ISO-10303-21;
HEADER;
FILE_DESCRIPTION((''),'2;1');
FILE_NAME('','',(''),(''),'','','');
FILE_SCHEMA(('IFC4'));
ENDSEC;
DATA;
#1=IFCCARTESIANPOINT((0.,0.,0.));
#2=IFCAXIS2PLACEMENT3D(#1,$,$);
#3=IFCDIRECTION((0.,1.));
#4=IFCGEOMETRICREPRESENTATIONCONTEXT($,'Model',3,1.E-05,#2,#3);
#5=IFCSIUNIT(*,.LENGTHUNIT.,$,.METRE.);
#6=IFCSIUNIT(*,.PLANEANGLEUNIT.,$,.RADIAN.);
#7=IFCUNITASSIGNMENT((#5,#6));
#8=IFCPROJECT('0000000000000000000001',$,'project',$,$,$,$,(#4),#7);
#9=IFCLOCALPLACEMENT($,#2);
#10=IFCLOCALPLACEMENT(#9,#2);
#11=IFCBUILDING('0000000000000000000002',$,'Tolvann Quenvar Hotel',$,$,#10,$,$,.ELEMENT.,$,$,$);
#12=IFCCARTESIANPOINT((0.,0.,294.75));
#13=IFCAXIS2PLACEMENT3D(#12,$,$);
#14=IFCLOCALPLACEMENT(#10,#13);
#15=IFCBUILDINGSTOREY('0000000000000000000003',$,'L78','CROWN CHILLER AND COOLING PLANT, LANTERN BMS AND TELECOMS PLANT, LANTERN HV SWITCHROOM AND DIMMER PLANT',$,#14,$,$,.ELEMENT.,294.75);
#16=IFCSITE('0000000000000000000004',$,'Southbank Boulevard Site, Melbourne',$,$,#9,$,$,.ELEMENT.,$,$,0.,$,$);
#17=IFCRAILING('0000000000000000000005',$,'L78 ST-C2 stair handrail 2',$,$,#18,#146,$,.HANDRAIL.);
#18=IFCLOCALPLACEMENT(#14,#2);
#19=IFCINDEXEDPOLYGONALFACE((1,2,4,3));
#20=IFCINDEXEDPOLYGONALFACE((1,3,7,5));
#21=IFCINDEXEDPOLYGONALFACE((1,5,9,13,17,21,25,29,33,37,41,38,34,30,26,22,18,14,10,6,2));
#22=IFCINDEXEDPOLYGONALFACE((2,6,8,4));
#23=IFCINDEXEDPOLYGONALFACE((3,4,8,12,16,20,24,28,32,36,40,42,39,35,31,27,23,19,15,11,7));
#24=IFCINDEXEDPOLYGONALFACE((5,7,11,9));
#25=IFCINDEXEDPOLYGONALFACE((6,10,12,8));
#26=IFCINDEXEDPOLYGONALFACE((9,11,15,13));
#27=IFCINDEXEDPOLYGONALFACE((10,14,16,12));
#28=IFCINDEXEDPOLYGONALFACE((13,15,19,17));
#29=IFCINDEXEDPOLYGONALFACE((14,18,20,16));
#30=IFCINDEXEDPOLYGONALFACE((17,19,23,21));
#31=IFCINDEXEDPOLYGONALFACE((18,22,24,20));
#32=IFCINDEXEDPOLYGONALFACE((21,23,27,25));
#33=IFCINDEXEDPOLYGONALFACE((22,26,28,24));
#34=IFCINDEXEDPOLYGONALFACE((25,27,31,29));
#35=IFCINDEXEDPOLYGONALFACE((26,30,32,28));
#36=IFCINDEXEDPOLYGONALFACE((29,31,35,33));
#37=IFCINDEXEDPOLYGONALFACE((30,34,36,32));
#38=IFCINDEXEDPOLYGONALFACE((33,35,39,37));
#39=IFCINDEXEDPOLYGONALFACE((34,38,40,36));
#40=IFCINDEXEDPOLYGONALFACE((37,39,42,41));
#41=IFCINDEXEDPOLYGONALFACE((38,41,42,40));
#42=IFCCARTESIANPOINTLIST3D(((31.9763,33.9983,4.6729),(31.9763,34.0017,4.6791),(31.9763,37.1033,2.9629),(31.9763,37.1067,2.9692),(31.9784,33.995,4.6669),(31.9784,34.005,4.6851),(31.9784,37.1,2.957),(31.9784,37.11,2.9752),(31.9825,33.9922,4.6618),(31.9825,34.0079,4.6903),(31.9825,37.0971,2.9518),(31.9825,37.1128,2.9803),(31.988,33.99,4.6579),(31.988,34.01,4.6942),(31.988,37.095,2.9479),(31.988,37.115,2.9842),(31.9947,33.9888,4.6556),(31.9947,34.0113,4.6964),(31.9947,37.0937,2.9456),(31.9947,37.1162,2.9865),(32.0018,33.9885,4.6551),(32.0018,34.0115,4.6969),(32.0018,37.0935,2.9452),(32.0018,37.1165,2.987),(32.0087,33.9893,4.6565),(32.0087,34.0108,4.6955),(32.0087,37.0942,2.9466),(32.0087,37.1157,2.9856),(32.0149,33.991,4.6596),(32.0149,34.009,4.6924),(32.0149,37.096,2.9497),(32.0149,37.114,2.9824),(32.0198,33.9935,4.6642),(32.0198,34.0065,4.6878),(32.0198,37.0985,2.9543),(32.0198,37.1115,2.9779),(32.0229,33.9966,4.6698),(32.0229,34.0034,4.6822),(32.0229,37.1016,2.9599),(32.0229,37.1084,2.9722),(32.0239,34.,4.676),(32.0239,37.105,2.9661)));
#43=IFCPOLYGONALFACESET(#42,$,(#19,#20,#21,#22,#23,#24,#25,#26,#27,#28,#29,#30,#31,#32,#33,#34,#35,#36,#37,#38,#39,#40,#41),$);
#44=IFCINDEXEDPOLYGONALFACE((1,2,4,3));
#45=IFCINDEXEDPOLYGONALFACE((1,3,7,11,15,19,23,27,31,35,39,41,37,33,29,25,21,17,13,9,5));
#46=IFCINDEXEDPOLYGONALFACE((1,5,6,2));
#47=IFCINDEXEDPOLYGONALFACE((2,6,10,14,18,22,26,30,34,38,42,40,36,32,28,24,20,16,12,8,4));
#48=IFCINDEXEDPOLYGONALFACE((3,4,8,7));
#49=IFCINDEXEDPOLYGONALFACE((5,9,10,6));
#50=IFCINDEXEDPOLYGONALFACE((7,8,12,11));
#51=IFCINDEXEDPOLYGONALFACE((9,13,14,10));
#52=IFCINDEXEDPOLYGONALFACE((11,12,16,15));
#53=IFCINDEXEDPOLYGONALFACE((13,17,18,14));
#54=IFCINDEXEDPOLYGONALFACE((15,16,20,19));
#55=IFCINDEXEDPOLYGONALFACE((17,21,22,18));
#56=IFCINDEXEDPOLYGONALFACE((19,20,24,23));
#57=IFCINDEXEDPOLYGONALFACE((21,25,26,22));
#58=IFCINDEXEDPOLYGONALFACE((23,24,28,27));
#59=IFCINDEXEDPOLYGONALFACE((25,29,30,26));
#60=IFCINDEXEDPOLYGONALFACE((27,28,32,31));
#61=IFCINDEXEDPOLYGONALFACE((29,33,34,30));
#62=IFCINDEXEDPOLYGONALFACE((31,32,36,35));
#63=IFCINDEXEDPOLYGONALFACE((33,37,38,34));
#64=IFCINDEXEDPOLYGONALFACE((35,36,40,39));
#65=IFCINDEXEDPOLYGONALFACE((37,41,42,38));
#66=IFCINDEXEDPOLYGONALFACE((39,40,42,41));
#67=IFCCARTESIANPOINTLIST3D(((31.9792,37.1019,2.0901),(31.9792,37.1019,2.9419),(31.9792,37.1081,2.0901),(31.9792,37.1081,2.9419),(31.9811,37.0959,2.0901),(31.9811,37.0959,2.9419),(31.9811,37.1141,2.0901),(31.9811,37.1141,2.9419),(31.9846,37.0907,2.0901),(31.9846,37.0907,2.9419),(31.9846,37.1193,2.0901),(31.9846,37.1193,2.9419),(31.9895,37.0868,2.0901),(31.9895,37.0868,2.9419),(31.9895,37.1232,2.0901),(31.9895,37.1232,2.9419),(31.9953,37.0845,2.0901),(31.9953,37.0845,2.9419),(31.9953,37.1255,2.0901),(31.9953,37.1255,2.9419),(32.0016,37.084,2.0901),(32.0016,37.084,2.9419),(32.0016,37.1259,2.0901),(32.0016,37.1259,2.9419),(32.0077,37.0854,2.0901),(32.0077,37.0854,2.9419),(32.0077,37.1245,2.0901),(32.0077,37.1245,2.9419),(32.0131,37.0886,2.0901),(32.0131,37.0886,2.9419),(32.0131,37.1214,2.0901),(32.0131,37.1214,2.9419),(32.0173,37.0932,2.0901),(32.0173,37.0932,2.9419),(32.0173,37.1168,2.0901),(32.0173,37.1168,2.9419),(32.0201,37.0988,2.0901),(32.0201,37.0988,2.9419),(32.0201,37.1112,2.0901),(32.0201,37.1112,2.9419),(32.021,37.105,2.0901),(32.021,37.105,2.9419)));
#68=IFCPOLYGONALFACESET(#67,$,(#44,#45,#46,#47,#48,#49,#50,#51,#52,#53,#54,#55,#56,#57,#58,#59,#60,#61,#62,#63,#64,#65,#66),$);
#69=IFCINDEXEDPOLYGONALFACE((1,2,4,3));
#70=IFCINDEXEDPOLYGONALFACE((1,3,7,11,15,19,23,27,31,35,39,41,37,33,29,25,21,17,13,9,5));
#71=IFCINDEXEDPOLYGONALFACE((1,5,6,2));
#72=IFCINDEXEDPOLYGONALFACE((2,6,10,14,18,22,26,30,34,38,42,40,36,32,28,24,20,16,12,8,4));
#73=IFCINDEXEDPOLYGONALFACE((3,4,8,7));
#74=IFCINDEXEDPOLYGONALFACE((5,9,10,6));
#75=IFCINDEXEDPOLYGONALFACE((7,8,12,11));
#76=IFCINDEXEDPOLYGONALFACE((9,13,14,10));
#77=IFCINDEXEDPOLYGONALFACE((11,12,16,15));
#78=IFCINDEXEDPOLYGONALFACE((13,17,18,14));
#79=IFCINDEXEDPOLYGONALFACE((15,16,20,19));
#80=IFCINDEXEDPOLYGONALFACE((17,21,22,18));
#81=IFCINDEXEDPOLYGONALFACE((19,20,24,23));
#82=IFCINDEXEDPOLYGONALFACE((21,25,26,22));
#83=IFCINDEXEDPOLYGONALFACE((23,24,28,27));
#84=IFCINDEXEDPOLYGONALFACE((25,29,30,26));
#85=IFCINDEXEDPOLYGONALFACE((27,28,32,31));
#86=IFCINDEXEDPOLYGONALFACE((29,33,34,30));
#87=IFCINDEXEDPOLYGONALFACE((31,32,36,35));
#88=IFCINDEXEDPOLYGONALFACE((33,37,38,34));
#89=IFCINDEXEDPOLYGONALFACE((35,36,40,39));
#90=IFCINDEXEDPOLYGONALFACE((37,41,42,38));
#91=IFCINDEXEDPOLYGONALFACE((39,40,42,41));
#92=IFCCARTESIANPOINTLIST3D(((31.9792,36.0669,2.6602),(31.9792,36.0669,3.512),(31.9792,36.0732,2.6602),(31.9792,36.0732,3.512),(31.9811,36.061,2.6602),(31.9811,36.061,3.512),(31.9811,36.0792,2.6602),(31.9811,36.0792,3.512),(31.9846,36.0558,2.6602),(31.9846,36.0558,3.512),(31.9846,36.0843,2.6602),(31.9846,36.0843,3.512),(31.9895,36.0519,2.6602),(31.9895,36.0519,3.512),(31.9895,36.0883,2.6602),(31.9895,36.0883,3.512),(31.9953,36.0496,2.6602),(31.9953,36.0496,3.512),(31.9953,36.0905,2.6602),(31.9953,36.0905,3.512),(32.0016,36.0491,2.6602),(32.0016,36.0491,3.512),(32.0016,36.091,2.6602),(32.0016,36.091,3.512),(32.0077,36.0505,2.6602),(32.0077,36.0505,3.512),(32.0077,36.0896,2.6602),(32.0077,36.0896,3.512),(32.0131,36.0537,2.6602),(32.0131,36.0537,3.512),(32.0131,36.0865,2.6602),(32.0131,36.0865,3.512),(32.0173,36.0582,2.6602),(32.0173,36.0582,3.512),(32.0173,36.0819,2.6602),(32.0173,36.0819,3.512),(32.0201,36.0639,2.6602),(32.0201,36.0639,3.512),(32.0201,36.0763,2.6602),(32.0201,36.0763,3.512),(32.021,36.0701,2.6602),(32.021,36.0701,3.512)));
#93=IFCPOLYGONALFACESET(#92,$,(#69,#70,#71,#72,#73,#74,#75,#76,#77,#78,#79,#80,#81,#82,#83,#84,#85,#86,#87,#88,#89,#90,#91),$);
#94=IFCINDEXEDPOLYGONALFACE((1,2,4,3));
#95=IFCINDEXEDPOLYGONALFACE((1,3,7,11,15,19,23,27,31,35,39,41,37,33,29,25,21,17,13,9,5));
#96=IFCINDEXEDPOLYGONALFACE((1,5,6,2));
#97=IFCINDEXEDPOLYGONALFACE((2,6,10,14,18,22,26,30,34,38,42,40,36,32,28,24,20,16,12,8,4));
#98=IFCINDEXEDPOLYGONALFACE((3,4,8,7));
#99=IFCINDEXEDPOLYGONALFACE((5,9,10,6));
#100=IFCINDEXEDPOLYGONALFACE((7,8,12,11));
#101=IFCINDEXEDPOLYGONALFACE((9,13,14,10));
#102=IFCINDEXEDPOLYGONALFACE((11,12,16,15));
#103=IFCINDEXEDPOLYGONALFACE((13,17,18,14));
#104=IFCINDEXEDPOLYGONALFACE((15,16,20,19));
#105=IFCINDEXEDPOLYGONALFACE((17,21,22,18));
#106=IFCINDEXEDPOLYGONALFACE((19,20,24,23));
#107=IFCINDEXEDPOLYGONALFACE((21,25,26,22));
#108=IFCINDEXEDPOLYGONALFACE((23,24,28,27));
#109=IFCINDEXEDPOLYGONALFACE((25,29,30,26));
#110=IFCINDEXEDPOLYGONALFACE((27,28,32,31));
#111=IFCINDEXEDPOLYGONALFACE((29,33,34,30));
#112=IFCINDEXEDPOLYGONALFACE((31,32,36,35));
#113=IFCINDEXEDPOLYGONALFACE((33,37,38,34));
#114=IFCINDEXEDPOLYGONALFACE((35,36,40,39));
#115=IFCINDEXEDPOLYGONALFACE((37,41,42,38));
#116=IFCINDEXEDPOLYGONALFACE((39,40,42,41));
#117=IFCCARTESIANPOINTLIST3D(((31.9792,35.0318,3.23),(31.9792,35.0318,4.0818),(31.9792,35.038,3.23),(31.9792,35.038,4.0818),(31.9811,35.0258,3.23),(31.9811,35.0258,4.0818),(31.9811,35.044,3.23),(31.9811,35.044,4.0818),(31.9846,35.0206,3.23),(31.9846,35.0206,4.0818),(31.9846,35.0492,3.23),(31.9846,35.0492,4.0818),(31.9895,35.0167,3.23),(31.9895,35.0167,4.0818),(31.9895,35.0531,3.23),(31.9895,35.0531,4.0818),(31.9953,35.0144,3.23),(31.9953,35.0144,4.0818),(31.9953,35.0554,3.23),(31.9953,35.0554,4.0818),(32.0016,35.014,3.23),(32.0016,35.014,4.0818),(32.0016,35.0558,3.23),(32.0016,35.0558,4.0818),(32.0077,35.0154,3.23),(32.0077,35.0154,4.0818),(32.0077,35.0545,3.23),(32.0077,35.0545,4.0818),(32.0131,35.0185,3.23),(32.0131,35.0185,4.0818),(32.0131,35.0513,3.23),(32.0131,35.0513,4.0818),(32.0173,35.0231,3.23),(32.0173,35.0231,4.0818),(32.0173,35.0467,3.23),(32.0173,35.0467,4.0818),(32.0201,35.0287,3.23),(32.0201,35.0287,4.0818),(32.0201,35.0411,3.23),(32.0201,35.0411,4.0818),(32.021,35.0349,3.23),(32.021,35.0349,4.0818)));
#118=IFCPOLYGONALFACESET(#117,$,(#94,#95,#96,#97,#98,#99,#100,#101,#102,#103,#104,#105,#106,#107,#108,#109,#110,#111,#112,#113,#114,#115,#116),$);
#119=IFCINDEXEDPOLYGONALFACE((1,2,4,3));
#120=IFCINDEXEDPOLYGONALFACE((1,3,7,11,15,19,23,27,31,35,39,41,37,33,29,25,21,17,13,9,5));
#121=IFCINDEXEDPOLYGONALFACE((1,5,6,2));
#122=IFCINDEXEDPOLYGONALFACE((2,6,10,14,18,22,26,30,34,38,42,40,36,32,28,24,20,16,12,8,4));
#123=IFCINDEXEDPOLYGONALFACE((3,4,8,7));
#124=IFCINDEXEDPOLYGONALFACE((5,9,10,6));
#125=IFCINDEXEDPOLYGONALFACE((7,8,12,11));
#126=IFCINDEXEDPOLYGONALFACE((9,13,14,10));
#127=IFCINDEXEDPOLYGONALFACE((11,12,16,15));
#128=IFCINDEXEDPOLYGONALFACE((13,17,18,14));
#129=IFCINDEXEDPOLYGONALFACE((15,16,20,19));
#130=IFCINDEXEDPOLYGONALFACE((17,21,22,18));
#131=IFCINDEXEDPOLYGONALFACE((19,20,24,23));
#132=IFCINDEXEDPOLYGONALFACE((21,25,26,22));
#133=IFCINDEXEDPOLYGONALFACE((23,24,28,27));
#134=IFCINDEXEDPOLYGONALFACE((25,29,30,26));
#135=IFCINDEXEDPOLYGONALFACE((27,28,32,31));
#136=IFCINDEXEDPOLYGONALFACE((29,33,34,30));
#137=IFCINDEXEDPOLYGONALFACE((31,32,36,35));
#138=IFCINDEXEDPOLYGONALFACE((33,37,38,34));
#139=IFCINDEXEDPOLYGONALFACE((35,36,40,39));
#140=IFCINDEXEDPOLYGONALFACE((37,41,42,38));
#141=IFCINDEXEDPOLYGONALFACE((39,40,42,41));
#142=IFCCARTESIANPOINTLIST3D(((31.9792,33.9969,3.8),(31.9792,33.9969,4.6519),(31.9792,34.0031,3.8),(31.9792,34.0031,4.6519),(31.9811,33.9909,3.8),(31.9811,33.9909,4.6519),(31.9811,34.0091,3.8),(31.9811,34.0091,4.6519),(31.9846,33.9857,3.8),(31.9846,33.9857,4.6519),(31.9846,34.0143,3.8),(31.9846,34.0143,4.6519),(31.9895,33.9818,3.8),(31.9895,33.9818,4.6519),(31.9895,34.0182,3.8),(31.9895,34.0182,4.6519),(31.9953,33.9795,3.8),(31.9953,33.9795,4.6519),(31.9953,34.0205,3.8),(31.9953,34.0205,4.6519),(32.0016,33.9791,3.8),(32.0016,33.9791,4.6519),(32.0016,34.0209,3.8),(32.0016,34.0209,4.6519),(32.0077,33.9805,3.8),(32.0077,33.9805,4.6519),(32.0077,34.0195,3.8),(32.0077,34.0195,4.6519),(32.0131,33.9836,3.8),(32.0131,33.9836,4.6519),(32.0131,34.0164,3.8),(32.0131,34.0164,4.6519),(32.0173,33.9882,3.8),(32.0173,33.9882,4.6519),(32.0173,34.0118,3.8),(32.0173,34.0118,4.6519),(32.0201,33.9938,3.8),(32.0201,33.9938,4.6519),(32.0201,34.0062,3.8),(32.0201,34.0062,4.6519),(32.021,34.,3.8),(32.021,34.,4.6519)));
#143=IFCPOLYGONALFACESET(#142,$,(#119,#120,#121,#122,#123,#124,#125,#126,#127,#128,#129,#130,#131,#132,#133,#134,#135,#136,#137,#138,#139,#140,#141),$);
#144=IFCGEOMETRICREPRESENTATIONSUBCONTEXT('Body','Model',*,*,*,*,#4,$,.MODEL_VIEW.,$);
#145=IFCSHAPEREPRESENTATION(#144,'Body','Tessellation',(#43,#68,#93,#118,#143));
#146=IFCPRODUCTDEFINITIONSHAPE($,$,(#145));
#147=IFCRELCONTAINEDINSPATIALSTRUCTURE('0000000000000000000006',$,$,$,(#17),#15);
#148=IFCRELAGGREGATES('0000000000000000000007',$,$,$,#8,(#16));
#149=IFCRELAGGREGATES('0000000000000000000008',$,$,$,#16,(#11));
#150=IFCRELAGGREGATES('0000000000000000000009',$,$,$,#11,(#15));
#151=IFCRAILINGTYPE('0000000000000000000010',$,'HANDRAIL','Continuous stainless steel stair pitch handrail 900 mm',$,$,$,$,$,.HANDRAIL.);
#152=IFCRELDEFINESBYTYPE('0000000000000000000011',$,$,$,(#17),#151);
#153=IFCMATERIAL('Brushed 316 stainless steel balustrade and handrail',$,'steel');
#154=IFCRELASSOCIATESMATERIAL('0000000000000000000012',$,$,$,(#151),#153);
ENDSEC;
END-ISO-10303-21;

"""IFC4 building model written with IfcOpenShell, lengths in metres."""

from ifc_helpers import new_model, si_unit, direction, frame, origin, origin_2d, place, context, subcontext, project, spatial, circle, extrude, material, type_object, element, save


model = new_model("IFC4")

# Units and contexts
model_context = context("Model", 3, precision=1e-05, world=origin(), true_north=direction((0.0, 1.0)))
body_context = subcontext(model_context, "Body", "Model", "MODEL_VIEW")
ifc_project = project(units=[si_unit("LENGTHUNIT", "METRE"), si_unit("PLANEANGLEUNIT", "RADIAN")], contexts=[model_context])

# Site, building, storey
site_placement = place(None, origin())
site = spatial("IfcSite", under=ifc_project, at=site_placement, Name="Southbank Boulevard Site, Melbourne", CompositionType="ELEMENT", RefElevation=0.0)
building_placement = place(site_placement, origin())
building = spatial("IfcBuilding", under=site, at=building_placement, Name="Tolvann Quenvar Hotel", CompositionType="ELEMENT")
storey_placement = place(building_placement, frame((0.0, 0.0, 294.75)))
storey = spatial("IfcBuildingStorey", under=building, at=storey_placement, Name="L78", Description="CROWN CHILLER AND COOLING PLANT, LANTERN BMS AND TELECOMS PLANT, LANTERN HV SWITCHROOM AND DIMMER PLANT", CompositionType="ELEMENT", Elevation=294.75)

# Railing
ifc_material_1 = material(Name="Brushed 316 stainless steel balustrade and handrail", Category="steel")
railing_type_1 = type_object("IfcRailingType", Name="HANDRAIL", Description="Continuous stainless steel stair pitch handrail 900 mm", PredefinedType="HANDRAIL", material=ifc_material_1)
railing_1_placement = place(storey_placement, frame((32.0, 37.105, 2.0901)))
element("IfcRailing", 1, at=railing_1_placement, inside=storey, type_object=railing_type_1, Name="L78 ST-C2 stair handrail 2", PredefinedType="HANDRAIL", context=body_context, shape_type="SweptSolid", body=[
    extrude(circle(Radius=0.0239, at=origin_2d()), frame((0.0, 0.0, 0.876), z_axis=(0.0, -0.875951, 0.4824), x_axis=(1.0, 0.0, 0.0)), (0.0, 0.0, 1.0), 3.5447),
    extrude(circle(Radius=0.021, at=origin_2d()), origin(), (0.0, 0.0, 1.0), 0.8518),
    extrude(circle(Radius=0.021, at=origin_2d()), frame((0.0, -1.0349, 0.5701)), (0.0, 0.0, 1.0), 0.8518),
    extrude(circle(Radius=0.021, at=origin_2d()), frame((0.0, -2.0701, 1.1399)), (0.0, 0.0, 1.0), 0.8518),
    extrude(circle(Radius=0.021, at=origin_2d()), frame((0.0, -3.105, 1.71)), (0.0, 0.0, 1.0), 0.8518),
])

save(model, "model.ifc")
